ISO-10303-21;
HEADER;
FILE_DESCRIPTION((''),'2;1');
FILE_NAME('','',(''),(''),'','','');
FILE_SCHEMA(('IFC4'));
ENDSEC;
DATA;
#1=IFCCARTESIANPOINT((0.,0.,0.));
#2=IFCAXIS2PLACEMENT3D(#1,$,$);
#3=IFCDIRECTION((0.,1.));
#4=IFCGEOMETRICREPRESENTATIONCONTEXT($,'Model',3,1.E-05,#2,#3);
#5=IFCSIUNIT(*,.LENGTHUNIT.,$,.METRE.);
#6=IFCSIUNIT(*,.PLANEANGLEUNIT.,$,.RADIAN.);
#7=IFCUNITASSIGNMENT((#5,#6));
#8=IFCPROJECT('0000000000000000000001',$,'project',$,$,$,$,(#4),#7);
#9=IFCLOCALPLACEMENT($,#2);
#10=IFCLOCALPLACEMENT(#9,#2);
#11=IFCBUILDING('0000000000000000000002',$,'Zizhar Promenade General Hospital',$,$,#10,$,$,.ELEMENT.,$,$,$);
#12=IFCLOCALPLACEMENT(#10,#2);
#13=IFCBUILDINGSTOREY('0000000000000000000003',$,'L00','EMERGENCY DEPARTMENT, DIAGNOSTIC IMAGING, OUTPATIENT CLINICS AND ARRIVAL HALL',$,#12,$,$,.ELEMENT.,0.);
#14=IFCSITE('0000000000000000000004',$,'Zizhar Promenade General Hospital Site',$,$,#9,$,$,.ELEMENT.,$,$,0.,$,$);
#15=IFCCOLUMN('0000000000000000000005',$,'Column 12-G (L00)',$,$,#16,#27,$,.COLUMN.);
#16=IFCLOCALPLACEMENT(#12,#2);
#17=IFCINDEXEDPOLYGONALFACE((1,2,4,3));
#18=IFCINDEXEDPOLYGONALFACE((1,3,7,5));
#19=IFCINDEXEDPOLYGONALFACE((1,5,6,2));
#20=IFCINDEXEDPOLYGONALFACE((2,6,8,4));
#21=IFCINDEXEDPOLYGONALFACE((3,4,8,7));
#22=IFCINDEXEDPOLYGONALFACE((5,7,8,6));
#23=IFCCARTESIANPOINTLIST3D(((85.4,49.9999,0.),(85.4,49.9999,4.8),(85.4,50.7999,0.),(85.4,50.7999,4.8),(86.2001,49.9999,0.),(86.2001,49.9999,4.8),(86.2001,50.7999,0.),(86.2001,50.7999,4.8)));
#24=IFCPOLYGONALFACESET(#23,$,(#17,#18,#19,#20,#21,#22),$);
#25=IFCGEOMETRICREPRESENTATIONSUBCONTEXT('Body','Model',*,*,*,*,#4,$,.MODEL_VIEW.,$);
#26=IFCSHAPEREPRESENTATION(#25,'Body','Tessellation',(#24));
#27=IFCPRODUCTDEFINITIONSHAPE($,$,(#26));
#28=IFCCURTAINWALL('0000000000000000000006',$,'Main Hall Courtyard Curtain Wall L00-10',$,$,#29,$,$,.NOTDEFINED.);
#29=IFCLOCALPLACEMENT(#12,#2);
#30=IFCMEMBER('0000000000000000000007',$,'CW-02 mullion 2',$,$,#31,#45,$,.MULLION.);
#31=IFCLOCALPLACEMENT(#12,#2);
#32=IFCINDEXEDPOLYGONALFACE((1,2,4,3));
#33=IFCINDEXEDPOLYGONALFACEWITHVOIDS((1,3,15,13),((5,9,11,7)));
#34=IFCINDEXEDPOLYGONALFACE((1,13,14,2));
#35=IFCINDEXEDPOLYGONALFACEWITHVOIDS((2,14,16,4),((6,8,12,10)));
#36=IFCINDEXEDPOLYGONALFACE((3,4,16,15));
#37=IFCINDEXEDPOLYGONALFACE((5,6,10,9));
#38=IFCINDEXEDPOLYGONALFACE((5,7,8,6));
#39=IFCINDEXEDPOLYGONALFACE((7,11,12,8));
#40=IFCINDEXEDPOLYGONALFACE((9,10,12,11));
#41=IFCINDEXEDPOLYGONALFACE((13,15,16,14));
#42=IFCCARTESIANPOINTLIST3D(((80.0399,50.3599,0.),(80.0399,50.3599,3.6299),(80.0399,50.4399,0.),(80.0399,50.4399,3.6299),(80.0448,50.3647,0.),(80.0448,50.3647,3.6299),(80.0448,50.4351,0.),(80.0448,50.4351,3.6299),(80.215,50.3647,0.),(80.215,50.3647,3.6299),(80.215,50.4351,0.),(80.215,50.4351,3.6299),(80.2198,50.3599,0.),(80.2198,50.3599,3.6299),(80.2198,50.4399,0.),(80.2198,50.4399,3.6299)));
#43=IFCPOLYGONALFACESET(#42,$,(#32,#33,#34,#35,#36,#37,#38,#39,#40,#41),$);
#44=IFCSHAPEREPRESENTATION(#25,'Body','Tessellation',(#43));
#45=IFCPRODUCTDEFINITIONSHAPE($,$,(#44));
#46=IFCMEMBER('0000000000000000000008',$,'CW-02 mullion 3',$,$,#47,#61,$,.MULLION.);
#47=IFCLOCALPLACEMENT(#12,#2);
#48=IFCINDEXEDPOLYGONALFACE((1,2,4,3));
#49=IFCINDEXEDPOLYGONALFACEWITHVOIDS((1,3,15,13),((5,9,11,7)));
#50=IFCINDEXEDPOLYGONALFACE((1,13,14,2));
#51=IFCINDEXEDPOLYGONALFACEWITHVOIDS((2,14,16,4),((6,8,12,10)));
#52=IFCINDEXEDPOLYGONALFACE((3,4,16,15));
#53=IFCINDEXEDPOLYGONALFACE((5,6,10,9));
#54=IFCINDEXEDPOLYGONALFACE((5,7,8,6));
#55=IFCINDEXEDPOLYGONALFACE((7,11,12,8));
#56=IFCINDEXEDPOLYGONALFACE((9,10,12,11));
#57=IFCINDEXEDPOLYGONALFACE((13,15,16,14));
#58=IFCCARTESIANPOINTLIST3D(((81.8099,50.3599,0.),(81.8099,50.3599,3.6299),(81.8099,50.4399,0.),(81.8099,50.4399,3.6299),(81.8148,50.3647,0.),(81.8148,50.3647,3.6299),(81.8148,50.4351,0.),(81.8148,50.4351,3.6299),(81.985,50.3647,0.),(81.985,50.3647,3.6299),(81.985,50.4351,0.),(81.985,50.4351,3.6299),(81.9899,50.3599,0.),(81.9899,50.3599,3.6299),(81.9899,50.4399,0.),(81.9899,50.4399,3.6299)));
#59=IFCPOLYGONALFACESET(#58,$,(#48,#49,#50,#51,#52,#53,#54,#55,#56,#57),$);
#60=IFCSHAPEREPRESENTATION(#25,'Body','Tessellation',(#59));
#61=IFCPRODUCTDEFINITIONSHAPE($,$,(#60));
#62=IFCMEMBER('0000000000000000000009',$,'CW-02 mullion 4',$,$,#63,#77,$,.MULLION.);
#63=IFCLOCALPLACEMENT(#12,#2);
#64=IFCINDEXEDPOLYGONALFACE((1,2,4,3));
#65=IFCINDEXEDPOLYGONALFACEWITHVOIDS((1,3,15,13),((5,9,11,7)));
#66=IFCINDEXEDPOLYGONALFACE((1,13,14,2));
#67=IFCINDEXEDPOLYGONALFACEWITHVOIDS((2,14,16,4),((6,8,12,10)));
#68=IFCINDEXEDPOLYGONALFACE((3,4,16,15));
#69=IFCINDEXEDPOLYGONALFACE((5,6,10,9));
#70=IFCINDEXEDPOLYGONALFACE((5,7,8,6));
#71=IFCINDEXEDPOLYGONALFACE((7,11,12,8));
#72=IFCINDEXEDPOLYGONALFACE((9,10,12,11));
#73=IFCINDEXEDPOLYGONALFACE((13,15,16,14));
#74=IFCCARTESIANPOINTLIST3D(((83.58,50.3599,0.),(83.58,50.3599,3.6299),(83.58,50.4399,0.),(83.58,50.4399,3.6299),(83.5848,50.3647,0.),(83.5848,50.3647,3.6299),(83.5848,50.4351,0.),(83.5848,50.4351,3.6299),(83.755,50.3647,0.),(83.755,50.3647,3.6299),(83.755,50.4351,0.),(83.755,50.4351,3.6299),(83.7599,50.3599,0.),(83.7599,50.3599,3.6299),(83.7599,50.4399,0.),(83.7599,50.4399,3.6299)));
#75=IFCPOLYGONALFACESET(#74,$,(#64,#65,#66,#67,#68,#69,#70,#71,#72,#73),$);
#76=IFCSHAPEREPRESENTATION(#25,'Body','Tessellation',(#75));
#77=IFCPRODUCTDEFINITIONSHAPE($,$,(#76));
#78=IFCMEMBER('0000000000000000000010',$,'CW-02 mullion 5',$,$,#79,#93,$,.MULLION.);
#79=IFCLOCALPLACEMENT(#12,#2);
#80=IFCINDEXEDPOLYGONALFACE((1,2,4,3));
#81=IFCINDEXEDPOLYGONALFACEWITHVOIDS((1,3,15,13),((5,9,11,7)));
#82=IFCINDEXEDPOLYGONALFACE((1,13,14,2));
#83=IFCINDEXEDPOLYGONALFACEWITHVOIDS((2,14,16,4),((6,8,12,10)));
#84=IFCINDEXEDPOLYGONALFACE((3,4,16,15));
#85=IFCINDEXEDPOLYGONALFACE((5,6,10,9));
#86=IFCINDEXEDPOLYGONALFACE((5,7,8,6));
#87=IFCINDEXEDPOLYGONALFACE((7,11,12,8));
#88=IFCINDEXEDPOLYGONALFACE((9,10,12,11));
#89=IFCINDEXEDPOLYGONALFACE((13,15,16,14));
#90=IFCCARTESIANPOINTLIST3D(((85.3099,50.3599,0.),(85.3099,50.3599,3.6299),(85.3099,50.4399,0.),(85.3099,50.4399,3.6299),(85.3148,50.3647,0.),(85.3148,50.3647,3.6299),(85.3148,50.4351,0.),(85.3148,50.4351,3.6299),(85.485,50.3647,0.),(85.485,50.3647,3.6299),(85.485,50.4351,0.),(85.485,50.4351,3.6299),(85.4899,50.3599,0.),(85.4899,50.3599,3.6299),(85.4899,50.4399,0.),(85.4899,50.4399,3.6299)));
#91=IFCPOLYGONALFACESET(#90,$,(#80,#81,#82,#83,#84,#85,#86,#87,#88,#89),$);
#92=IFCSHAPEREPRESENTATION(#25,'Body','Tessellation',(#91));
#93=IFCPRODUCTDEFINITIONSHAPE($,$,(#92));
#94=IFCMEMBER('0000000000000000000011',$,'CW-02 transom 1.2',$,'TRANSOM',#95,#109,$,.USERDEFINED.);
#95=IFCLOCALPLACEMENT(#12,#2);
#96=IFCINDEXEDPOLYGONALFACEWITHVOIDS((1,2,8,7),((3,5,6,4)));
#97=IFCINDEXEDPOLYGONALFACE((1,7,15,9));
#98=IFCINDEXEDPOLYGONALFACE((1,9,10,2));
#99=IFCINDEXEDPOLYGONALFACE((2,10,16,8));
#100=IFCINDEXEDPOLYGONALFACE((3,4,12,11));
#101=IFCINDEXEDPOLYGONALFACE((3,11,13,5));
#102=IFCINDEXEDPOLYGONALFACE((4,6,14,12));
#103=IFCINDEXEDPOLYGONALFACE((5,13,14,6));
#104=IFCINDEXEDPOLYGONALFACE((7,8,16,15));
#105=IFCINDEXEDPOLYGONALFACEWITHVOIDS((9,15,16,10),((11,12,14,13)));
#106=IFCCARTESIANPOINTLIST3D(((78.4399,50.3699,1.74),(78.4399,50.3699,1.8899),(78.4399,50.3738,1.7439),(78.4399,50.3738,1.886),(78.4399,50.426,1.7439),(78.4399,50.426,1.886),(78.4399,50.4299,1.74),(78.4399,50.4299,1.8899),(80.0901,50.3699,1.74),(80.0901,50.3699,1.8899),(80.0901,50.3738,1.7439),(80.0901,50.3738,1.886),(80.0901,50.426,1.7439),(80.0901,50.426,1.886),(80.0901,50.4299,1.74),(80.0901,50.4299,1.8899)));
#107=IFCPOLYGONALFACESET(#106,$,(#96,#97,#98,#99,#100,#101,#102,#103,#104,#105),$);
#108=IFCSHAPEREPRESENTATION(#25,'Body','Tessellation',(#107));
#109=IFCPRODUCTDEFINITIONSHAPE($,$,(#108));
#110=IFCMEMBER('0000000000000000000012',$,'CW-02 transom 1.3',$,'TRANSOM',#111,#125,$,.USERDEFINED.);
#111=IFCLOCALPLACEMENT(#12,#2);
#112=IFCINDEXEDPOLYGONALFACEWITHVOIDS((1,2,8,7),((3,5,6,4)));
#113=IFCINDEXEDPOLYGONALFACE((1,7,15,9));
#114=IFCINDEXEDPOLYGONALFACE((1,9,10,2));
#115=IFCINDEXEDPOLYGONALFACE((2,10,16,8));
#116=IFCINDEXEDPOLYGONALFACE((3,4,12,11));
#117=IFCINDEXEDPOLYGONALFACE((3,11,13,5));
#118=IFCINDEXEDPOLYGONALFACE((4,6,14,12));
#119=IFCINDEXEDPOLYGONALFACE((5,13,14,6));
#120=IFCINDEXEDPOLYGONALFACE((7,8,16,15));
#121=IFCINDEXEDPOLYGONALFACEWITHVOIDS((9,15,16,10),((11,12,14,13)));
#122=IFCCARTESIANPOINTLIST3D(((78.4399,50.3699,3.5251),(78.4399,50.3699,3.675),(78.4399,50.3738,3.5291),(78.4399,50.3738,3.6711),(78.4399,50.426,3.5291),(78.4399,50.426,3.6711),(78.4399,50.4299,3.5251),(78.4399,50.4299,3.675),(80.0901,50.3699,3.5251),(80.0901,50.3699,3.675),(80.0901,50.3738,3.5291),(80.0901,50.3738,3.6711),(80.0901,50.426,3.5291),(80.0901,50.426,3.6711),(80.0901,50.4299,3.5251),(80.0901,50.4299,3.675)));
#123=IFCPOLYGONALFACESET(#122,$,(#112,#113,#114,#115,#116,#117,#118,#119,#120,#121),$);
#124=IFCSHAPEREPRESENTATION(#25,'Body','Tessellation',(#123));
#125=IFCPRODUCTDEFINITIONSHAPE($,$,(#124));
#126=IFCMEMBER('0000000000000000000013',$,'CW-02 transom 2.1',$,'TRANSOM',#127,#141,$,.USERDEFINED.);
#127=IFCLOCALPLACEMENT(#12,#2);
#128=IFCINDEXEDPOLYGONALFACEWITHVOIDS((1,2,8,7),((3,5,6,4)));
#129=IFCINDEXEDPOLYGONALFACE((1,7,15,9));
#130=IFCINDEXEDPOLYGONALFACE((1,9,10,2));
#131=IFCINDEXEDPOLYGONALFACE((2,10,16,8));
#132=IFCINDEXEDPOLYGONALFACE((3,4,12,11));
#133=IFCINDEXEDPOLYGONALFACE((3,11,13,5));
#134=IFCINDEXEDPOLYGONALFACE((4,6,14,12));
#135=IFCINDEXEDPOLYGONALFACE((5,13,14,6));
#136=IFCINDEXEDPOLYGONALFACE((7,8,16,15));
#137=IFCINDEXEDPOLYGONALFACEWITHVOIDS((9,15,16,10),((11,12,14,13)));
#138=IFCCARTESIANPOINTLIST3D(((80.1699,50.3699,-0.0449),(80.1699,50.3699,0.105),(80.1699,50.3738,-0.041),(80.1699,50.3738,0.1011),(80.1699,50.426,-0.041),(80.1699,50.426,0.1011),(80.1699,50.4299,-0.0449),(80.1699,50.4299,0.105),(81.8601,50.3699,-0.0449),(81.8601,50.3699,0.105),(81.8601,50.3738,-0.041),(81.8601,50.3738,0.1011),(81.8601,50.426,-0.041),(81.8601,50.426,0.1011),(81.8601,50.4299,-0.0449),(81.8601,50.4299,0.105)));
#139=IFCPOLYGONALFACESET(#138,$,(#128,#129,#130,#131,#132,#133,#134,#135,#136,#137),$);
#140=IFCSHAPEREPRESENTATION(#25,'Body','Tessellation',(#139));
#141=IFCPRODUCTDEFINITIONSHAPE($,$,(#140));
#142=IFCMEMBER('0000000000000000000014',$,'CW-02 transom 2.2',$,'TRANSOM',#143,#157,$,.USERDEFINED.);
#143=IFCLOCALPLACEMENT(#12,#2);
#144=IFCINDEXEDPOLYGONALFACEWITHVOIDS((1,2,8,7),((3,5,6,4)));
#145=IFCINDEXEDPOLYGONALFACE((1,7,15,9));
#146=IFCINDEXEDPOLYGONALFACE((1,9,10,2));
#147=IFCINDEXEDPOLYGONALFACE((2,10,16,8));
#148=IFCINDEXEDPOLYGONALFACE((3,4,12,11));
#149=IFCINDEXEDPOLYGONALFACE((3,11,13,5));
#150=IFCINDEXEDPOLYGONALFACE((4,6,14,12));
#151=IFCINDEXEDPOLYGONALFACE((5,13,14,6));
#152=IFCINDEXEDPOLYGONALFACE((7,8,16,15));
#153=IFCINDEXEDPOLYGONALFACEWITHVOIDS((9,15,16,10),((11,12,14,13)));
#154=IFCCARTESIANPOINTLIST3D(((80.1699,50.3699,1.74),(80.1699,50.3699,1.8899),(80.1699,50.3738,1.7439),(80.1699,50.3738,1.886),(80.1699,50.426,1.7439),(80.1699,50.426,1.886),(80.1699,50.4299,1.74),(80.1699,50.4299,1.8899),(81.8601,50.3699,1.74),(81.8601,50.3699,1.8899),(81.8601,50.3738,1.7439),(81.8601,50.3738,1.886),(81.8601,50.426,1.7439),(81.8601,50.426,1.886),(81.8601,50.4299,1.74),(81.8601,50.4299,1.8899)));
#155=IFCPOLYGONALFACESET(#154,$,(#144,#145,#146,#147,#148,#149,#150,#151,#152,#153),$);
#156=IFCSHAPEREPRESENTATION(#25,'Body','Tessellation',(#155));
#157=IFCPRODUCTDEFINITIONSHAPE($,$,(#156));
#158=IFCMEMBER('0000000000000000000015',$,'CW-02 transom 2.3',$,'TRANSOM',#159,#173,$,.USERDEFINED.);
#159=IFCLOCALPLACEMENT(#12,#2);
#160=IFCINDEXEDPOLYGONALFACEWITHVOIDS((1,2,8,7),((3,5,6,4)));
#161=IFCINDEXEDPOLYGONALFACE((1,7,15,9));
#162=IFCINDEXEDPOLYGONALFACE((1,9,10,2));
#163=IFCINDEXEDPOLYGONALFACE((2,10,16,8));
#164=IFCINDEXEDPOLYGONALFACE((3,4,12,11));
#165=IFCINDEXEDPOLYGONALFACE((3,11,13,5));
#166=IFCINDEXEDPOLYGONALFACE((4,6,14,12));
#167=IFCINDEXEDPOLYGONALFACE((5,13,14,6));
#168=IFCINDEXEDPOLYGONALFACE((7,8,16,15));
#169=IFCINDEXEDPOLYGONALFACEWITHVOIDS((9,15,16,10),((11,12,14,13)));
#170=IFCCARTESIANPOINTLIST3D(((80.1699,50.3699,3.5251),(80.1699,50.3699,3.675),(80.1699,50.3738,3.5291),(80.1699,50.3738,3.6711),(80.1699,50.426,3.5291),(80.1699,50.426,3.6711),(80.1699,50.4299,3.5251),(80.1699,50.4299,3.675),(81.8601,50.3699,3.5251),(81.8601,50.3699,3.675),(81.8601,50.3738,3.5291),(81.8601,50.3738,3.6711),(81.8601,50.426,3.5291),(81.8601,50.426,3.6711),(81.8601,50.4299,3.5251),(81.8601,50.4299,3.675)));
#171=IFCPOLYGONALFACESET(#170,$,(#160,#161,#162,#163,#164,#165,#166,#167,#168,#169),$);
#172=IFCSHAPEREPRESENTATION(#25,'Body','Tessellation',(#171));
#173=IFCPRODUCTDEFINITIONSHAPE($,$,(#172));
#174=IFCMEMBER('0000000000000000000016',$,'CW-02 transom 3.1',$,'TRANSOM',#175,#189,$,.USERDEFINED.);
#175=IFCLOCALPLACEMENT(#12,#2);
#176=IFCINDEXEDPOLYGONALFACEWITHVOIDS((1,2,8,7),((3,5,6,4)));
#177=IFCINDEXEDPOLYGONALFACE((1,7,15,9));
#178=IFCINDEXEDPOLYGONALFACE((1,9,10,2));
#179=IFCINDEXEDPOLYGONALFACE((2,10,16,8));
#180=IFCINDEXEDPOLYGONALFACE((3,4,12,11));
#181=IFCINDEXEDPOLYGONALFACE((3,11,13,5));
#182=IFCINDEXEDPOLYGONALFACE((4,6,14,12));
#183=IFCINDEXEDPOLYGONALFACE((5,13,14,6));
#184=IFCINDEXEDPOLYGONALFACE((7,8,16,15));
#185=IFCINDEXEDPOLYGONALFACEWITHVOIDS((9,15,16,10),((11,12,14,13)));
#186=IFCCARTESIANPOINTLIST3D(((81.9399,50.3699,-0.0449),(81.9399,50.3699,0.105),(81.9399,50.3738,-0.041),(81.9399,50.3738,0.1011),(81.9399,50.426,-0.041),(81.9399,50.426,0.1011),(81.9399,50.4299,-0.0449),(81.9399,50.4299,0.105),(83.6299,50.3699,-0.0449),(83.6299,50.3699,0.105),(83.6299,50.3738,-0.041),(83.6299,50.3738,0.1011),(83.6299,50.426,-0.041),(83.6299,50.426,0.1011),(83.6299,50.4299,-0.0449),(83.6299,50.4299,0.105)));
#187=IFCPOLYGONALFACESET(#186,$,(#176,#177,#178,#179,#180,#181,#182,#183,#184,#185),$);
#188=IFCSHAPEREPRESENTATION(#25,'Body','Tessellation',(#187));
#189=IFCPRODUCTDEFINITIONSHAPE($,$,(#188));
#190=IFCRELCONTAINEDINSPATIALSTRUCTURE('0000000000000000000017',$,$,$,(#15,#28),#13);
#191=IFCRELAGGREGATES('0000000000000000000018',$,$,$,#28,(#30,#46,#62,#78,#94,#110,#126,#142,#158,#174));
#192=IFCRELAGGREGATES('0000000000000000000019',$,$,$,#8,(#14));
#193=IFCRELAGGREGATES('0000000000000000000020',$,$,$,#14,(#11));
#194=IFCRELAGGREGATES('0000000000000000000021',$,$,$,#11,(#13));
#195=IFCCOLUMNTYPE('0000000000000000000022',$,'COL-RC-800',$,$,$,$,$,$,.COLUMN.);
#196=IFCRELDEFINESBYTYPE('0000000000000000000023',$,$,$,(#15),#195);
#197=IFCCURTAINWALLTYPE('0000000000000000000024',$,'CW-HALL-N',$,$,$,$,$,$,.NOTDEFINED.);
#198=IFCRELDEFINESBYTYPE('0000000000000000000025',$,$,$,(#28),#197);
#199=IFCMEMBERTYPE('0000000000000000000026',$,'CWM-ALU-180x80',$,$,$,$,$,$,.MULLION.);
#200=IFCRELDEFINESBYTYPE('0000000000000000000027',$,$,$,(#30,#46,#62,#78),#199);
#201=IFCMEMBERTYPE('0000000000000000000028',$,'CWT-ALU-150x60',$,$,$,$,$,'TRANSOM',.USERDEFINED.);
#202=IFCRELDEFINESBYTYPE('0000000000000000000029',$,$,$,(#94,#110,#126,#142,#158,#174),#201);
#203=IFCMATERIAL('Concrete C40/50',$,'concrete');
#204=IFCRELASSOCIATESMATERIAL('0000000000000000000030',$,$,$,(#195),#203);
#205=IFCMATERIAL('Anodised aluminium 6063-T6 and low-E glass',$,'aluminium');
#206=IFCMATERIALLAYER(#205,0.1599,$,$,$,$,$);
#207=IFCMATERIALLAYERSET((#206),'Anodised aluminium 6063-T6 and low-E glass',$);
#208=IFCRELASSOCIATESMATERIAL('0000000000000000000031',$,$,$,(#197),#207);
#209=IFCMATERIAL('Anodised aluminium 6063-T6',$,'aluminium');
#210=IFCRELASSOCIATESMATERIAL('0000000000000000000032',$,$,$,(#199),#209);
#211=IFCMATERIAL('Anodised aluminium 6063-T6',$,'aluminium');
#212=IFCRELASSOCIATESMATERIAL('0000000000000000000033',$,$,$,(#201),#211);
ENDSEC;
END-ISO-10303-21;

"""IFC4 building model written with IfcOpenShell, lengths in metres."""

from ifc_helpers import new_model, si_unit, direction, frame, origin, origin_2d, place, context, subcontext, project, spatial, rectangle, hollow_rectangle, extrude, material, layer, layer_set, material_profile, profile_set, type_object, element, aggregate, save


model = new_model("IFC4")

# Units and contexts
model_context = context("Model", 3, precision=1e-05, world=origin(), true_north=direction((0.0, 1.0)))
body_context = subcontext(model_context, "Body", "Model", "MODEL_VIEW")
ifc_project = project(units=[si_unit("LENGTHUNIT", "METRE"), si_unit("PLANEANGLEUNIT", "RADIAN")], contexts=[model_context])

# Site, building, storey
site_placement = place(None, origin())
site = spatial("IfcSite", under=ifc_project, at=site_placement, Name="Zizhar Promenade General Hospital Site", CompositionType="ELEMENT", RefElevation=0.0)
building_placement = place(site_placement, origin())
building = spatial("IfcBuilding", under=site, at=building_placement, Name="Zizhar Promenade General Hospital", CompositionType="ELEMENT")
storey_placement = place(building_placement, origin())
storey = spatial("IfcBuildingStorey", under=building, at=storey_placement, Name="L00", Description="EMERGENCY DEPARTMENT, DIAGNOSTIC IMAGING, OUTPATIENT CLINICS AND ARRIVAL HALL", CompositionType="ELEMENT", Elevation=0.0)

# Column
ifc_material_1 = material(Name="Concrete C40/50", Category="concrete")
ifc_material_profile_1 = material_profile(ifc_material_1, rectangle(XDim=0.8, YDim=0.8, at=origin_2d()))
ifc_profile_set_1 = profile_set([ifc_material_profile_1], Name="Concrete C40/50")
column_type = type_object("IfcColumnType", Name="COL-RC-800", PredefinedType="COLUMN", material=ifc_profile_set_1)
column_placement = place(storey_placement, frame((85.8, 50.3999, 0.0), z_axis=(0.0, 0.0, 1.0), x_axis=(1.0, 0.0, 0.0)))
element("IfcColumn", 1, at=column_placement, inside=storey, type_object=column_type, Name="Column 12-G (L00)", PredefinedType="COLUMN", context=body_context, shape_type="SweptSolid", body=[
    extrude(rectangle(XDim=0.8, YDim=0.8, at=origin_2d()), origin(), (0.0, 0.0, 1.0), 4.8),
])

# Curtain wall, members
ifc_material_2 = material(Name="Anodised aluminium 6063-T6 and low-E glass", Category="aluminium")
ifc_layer_1 = layer(ifc_material_2, 0.1599)
ifc_layer_set_1 = layer_set([ifc_layer_1], Name="Anodised aluminium 6063-T6 and low-E glass")
curtain_wall_type = type_object("IfcCurtainWallType", Name="CW-HALL-N", PredefinedType="NOTDEFINED", material=ifc_layer_set_1)
curtain_wall_placement = place(storey_placement, origin())
curtain_wall = element("IfcCurtainWall", 2, at=curtain_wall_placement, inside=storey, type_object=curtain_wall_type, Name="Main Hall Courtyard Curtain Wall L00-10", PredefinedType="NOTDEFINED")
ifc_material_3 = material(Name="Anodised aluminium 6063-T6", Category="aluminium")
ifc_material_profile_2 = material_profile(ifc_material_3, hollow_rectangle(XDim=0.0801, YDim=0.1799, WallThickness=0.0049, at=origin_2d()))
ifc_profile_set_2 = profile_set([ifc_material_profile_2], Name="Anodised aluminium 6063-T6")
member_type_1 = type_object("IfcMemberType", Name="CWM-ALU-180x80", PredefinedType="MULLION", material=ifc_profile_set_2)
member_1_placement = place(storey_placement, frame((80.1299, 50.3999, 0.0), z_axis=(0.0, 0.0, 1.0), x_axis=(0.0, 1.0, 0.0)))
member_1 = element("IfcMember", 3, at=member_1_placement, type_object=member_type_1, Name="CW-02 mullion 2", PredefinedType="MULLION", context=body_context, shape_type="SweptSolid", body=[
    extrude(hollow_rectangle(XDim=0.0801, YDim=0.1799, WallThickness=0.0049, at=origin_2d()), origin(), (0.0, 0.0, 1.0), 3.6299),
])
member_2_placement = place(storey_placement, frame((81.8999, 50.3999, 0.0), z_axis=(0.0, 0.0, 1.0), x_axis=(0.0, 1.0, 0.0)))
member_2 = element("IfcMember", 4, at=member_2_placement, type_object=member_type_1, Name="CW-02 mullion 3", PredefinedType="MULLION", context=body_context, shape_type="SweptSolid", body=[
    extrude(hollow_rectangle(XDim=0.0801, YDim=0.1799, WallThickness=0.0049, at=origin_2d()), origin(), (0.0, 0.0, 1.0), 3.6299),
])
member_3_placement = place(storey_placement, frame((83.6699, 50.3999, 0.0), z_axis=(0.0, 0.0, 1.0), x_axis=(0.0, 1.0, 0.0)))
member_3 = element("IfcMember", 5, at=member_3_placement, type_object=member_type_1, Name="CW-02 mullion 4", PredefinedType="MULLION", context=body_context, shape_type="SweptSolid", body=[
    extrude(hollow_rectangle(XDim=0.0801, YDim=0.1799, WallThickness=0.0049, at=origin_2d()), origin(), (0.0, 0.0, 1.0), 3.6299),
])
member_4_placement = place(storey_placement, frame((85.3999, 50.3999, 0.0), z_axis=(0.0, 0.0, 1.0), x_axis=(0.0, 1.0, 0.0)))
member_4 = element("IfcMember", 6, at=member_4_placement, type_object=member_type_1, Name="CW-02 mullion 5", PredefinedType="MULLION", context=body_context, shape_type="SweptSolid", body=[
    extrude(hollow_rectangle(XDim=0.0801, YDim=0.1799, WallThickness=0.0049, at=origin_2d()), origin(), (0.0, 0.0, 1.0), 3.6299),
])
ifc_material_4 = material(Name="Anodised aluminium 6063-T6", Category="aluminium")
ifc_material_profile_3 = material_profile(ifc_material_4, hollow_rectangle(XDim=0.0601, YDim=0.1499, WallThickness=0.0039, at=origin_2d()))
ifc_profile_set_3 = profile_set([ifc_material_profile_3], Name="Anodised aluminium 6063-T6")
member_type_2 = type_object("IfcMemberType", Name="CWT-ALU-150x60", ElementType="TRANSOM", PredefinedType="USERDEFINED", material=ifc_profile_set_3)
member_5_placement = place(storey_placement, frame((78.4399, 50.3999, 1.8149), z_axis=(1.0, 0.0, 0.0), x_axis=(0.0, 1.0, 0.0)))
member_5 = element("IfcMember", 7, at=member_5_placement, type_object=member_type_2, Name="CW-02 transom 1.2", ObjectType="TRANSOM", PredefinedType="USERDEFINED", context=body_context, shape_type="SweptSolid", body=[
    extrude(hollow_rectangle(XDim=0.0601, YDim=0.1499, WallThickness=0.0039, at=origin_2d()), origin(), (0.0, 0.0, 1.0), 1.6501),
])
member_6_placement = place(storey_placement, frame((78.4399, 50.3999, 3.6001), z_axis=(1.0, 0.0, 0.0), x_axis=(0.0, 1.0, 0.0)))
member_6 = element("IfcMember", 8, at=member_6_placement, type_object=member_type_2, Name="CW-02 transom 1.3", ObjectType="TRANSOM", PredefinedType="USERDEFINED", context=body_context, shape_type="SweptSolid", body=[
    extrude(hollow_rectangle(XDim=0.0601, YDim=0.1499, WallThickness=0.0039, at=origin_2d()), origin(), (0.0, 0.0, 1.0), 1.6501),
])
member_7_placement = place(storey_placement, frame((80.1699, 50.3999, 0.03), z_axis=(1.0, 0.0, 0.0), x_axis=(0.0, 1.0, 0.0)))
member_7 = element("IfcMember", 9, at=member_7_placement, type_object=member_type_2, Name="CW-02 transom 2.1", ObjectType="TRANSOM", PredefinedType="USERDEFINED", context=body_context, shape_type="SweptSolid", body=[
    extrude(hollow_rectangle(XDim=0.0601, YDim=0.1499, WallThickness=0.0039, at=origin_2d()), origin(), (0.0, 0.0, 1.0), 1.6902),
])
member_8_placement = place(storey_placement, frame((80.1699, 50.3999, 1.8149), z_axis=(1.0, 0.0, 0.0), x_axis=(0.0, 1.0, 0.0)))
member_8 = element("IfcMember", 10, at=member_8_placement, type_object=member_type_2, Name="CW-02 transom 2.2", ObjectType="TRANSOM", PredefinedType="USERDEFINED", context=body_context, shape_type="SweptSolid", body=[
    extrude(hollow_rectangle(XDim=0.0601, YDim=0.1499, WallThickness=0.0039, at=origin_2d()), origin(), (0.0, 0.0, 1.0), 1.6902),
])
member_9_placement = place(storey_placement, frame((80.1699, 50.3999, 3.6001), z_axis=(1.0, 0.0, 0.0), x_axis=(0.0, 1.0, 0.0)))
member_9 = element("IfcMember", 11, at=member_9_placement, type_object=member_type_2, Name="CW-02 transom 2.3", ObjectType="TRANSOM", PredefinedType="USERDEFINED", context=body_context, shape_type="SweptSolid", body=[
    extrude(hollow_rectangle(XDim=0.0601, YDim=0.1499, WallThickness=0.0039, at=origin_2d()), origin(), (0.0, 0.0, 1.0), 1.6902),
])
member_10_placement = place(storey_placement, frame((81.9399, 50.3999, 0.03), z_axis=(1.0, 0.0, 0.0), x_axis=(0.0, 1.0, 0.0)))
member_10 = element("IfcMember", 12, at=member_10_placement, type_object=member_type_2, Name="CW-02 transom 3.1", ObjectType="TRANSOM", PredefinedType="USERDEFINED", context=body_context, shape_type="SweptSolid", body=[
    extrude(hollow_rectangle(XDim=0.0601, YDim=0.1499, WallThickness=0.0039, at=origin_2d()), origin(), (0.0, 0.0, 1.0), 1.6899),
])
aggregate(curtain_wall, [member_1, member_2, member_3, member_4, member_5, member_6, member_7, member_8, member_9, member_10])

save(model, "model.ifc")
